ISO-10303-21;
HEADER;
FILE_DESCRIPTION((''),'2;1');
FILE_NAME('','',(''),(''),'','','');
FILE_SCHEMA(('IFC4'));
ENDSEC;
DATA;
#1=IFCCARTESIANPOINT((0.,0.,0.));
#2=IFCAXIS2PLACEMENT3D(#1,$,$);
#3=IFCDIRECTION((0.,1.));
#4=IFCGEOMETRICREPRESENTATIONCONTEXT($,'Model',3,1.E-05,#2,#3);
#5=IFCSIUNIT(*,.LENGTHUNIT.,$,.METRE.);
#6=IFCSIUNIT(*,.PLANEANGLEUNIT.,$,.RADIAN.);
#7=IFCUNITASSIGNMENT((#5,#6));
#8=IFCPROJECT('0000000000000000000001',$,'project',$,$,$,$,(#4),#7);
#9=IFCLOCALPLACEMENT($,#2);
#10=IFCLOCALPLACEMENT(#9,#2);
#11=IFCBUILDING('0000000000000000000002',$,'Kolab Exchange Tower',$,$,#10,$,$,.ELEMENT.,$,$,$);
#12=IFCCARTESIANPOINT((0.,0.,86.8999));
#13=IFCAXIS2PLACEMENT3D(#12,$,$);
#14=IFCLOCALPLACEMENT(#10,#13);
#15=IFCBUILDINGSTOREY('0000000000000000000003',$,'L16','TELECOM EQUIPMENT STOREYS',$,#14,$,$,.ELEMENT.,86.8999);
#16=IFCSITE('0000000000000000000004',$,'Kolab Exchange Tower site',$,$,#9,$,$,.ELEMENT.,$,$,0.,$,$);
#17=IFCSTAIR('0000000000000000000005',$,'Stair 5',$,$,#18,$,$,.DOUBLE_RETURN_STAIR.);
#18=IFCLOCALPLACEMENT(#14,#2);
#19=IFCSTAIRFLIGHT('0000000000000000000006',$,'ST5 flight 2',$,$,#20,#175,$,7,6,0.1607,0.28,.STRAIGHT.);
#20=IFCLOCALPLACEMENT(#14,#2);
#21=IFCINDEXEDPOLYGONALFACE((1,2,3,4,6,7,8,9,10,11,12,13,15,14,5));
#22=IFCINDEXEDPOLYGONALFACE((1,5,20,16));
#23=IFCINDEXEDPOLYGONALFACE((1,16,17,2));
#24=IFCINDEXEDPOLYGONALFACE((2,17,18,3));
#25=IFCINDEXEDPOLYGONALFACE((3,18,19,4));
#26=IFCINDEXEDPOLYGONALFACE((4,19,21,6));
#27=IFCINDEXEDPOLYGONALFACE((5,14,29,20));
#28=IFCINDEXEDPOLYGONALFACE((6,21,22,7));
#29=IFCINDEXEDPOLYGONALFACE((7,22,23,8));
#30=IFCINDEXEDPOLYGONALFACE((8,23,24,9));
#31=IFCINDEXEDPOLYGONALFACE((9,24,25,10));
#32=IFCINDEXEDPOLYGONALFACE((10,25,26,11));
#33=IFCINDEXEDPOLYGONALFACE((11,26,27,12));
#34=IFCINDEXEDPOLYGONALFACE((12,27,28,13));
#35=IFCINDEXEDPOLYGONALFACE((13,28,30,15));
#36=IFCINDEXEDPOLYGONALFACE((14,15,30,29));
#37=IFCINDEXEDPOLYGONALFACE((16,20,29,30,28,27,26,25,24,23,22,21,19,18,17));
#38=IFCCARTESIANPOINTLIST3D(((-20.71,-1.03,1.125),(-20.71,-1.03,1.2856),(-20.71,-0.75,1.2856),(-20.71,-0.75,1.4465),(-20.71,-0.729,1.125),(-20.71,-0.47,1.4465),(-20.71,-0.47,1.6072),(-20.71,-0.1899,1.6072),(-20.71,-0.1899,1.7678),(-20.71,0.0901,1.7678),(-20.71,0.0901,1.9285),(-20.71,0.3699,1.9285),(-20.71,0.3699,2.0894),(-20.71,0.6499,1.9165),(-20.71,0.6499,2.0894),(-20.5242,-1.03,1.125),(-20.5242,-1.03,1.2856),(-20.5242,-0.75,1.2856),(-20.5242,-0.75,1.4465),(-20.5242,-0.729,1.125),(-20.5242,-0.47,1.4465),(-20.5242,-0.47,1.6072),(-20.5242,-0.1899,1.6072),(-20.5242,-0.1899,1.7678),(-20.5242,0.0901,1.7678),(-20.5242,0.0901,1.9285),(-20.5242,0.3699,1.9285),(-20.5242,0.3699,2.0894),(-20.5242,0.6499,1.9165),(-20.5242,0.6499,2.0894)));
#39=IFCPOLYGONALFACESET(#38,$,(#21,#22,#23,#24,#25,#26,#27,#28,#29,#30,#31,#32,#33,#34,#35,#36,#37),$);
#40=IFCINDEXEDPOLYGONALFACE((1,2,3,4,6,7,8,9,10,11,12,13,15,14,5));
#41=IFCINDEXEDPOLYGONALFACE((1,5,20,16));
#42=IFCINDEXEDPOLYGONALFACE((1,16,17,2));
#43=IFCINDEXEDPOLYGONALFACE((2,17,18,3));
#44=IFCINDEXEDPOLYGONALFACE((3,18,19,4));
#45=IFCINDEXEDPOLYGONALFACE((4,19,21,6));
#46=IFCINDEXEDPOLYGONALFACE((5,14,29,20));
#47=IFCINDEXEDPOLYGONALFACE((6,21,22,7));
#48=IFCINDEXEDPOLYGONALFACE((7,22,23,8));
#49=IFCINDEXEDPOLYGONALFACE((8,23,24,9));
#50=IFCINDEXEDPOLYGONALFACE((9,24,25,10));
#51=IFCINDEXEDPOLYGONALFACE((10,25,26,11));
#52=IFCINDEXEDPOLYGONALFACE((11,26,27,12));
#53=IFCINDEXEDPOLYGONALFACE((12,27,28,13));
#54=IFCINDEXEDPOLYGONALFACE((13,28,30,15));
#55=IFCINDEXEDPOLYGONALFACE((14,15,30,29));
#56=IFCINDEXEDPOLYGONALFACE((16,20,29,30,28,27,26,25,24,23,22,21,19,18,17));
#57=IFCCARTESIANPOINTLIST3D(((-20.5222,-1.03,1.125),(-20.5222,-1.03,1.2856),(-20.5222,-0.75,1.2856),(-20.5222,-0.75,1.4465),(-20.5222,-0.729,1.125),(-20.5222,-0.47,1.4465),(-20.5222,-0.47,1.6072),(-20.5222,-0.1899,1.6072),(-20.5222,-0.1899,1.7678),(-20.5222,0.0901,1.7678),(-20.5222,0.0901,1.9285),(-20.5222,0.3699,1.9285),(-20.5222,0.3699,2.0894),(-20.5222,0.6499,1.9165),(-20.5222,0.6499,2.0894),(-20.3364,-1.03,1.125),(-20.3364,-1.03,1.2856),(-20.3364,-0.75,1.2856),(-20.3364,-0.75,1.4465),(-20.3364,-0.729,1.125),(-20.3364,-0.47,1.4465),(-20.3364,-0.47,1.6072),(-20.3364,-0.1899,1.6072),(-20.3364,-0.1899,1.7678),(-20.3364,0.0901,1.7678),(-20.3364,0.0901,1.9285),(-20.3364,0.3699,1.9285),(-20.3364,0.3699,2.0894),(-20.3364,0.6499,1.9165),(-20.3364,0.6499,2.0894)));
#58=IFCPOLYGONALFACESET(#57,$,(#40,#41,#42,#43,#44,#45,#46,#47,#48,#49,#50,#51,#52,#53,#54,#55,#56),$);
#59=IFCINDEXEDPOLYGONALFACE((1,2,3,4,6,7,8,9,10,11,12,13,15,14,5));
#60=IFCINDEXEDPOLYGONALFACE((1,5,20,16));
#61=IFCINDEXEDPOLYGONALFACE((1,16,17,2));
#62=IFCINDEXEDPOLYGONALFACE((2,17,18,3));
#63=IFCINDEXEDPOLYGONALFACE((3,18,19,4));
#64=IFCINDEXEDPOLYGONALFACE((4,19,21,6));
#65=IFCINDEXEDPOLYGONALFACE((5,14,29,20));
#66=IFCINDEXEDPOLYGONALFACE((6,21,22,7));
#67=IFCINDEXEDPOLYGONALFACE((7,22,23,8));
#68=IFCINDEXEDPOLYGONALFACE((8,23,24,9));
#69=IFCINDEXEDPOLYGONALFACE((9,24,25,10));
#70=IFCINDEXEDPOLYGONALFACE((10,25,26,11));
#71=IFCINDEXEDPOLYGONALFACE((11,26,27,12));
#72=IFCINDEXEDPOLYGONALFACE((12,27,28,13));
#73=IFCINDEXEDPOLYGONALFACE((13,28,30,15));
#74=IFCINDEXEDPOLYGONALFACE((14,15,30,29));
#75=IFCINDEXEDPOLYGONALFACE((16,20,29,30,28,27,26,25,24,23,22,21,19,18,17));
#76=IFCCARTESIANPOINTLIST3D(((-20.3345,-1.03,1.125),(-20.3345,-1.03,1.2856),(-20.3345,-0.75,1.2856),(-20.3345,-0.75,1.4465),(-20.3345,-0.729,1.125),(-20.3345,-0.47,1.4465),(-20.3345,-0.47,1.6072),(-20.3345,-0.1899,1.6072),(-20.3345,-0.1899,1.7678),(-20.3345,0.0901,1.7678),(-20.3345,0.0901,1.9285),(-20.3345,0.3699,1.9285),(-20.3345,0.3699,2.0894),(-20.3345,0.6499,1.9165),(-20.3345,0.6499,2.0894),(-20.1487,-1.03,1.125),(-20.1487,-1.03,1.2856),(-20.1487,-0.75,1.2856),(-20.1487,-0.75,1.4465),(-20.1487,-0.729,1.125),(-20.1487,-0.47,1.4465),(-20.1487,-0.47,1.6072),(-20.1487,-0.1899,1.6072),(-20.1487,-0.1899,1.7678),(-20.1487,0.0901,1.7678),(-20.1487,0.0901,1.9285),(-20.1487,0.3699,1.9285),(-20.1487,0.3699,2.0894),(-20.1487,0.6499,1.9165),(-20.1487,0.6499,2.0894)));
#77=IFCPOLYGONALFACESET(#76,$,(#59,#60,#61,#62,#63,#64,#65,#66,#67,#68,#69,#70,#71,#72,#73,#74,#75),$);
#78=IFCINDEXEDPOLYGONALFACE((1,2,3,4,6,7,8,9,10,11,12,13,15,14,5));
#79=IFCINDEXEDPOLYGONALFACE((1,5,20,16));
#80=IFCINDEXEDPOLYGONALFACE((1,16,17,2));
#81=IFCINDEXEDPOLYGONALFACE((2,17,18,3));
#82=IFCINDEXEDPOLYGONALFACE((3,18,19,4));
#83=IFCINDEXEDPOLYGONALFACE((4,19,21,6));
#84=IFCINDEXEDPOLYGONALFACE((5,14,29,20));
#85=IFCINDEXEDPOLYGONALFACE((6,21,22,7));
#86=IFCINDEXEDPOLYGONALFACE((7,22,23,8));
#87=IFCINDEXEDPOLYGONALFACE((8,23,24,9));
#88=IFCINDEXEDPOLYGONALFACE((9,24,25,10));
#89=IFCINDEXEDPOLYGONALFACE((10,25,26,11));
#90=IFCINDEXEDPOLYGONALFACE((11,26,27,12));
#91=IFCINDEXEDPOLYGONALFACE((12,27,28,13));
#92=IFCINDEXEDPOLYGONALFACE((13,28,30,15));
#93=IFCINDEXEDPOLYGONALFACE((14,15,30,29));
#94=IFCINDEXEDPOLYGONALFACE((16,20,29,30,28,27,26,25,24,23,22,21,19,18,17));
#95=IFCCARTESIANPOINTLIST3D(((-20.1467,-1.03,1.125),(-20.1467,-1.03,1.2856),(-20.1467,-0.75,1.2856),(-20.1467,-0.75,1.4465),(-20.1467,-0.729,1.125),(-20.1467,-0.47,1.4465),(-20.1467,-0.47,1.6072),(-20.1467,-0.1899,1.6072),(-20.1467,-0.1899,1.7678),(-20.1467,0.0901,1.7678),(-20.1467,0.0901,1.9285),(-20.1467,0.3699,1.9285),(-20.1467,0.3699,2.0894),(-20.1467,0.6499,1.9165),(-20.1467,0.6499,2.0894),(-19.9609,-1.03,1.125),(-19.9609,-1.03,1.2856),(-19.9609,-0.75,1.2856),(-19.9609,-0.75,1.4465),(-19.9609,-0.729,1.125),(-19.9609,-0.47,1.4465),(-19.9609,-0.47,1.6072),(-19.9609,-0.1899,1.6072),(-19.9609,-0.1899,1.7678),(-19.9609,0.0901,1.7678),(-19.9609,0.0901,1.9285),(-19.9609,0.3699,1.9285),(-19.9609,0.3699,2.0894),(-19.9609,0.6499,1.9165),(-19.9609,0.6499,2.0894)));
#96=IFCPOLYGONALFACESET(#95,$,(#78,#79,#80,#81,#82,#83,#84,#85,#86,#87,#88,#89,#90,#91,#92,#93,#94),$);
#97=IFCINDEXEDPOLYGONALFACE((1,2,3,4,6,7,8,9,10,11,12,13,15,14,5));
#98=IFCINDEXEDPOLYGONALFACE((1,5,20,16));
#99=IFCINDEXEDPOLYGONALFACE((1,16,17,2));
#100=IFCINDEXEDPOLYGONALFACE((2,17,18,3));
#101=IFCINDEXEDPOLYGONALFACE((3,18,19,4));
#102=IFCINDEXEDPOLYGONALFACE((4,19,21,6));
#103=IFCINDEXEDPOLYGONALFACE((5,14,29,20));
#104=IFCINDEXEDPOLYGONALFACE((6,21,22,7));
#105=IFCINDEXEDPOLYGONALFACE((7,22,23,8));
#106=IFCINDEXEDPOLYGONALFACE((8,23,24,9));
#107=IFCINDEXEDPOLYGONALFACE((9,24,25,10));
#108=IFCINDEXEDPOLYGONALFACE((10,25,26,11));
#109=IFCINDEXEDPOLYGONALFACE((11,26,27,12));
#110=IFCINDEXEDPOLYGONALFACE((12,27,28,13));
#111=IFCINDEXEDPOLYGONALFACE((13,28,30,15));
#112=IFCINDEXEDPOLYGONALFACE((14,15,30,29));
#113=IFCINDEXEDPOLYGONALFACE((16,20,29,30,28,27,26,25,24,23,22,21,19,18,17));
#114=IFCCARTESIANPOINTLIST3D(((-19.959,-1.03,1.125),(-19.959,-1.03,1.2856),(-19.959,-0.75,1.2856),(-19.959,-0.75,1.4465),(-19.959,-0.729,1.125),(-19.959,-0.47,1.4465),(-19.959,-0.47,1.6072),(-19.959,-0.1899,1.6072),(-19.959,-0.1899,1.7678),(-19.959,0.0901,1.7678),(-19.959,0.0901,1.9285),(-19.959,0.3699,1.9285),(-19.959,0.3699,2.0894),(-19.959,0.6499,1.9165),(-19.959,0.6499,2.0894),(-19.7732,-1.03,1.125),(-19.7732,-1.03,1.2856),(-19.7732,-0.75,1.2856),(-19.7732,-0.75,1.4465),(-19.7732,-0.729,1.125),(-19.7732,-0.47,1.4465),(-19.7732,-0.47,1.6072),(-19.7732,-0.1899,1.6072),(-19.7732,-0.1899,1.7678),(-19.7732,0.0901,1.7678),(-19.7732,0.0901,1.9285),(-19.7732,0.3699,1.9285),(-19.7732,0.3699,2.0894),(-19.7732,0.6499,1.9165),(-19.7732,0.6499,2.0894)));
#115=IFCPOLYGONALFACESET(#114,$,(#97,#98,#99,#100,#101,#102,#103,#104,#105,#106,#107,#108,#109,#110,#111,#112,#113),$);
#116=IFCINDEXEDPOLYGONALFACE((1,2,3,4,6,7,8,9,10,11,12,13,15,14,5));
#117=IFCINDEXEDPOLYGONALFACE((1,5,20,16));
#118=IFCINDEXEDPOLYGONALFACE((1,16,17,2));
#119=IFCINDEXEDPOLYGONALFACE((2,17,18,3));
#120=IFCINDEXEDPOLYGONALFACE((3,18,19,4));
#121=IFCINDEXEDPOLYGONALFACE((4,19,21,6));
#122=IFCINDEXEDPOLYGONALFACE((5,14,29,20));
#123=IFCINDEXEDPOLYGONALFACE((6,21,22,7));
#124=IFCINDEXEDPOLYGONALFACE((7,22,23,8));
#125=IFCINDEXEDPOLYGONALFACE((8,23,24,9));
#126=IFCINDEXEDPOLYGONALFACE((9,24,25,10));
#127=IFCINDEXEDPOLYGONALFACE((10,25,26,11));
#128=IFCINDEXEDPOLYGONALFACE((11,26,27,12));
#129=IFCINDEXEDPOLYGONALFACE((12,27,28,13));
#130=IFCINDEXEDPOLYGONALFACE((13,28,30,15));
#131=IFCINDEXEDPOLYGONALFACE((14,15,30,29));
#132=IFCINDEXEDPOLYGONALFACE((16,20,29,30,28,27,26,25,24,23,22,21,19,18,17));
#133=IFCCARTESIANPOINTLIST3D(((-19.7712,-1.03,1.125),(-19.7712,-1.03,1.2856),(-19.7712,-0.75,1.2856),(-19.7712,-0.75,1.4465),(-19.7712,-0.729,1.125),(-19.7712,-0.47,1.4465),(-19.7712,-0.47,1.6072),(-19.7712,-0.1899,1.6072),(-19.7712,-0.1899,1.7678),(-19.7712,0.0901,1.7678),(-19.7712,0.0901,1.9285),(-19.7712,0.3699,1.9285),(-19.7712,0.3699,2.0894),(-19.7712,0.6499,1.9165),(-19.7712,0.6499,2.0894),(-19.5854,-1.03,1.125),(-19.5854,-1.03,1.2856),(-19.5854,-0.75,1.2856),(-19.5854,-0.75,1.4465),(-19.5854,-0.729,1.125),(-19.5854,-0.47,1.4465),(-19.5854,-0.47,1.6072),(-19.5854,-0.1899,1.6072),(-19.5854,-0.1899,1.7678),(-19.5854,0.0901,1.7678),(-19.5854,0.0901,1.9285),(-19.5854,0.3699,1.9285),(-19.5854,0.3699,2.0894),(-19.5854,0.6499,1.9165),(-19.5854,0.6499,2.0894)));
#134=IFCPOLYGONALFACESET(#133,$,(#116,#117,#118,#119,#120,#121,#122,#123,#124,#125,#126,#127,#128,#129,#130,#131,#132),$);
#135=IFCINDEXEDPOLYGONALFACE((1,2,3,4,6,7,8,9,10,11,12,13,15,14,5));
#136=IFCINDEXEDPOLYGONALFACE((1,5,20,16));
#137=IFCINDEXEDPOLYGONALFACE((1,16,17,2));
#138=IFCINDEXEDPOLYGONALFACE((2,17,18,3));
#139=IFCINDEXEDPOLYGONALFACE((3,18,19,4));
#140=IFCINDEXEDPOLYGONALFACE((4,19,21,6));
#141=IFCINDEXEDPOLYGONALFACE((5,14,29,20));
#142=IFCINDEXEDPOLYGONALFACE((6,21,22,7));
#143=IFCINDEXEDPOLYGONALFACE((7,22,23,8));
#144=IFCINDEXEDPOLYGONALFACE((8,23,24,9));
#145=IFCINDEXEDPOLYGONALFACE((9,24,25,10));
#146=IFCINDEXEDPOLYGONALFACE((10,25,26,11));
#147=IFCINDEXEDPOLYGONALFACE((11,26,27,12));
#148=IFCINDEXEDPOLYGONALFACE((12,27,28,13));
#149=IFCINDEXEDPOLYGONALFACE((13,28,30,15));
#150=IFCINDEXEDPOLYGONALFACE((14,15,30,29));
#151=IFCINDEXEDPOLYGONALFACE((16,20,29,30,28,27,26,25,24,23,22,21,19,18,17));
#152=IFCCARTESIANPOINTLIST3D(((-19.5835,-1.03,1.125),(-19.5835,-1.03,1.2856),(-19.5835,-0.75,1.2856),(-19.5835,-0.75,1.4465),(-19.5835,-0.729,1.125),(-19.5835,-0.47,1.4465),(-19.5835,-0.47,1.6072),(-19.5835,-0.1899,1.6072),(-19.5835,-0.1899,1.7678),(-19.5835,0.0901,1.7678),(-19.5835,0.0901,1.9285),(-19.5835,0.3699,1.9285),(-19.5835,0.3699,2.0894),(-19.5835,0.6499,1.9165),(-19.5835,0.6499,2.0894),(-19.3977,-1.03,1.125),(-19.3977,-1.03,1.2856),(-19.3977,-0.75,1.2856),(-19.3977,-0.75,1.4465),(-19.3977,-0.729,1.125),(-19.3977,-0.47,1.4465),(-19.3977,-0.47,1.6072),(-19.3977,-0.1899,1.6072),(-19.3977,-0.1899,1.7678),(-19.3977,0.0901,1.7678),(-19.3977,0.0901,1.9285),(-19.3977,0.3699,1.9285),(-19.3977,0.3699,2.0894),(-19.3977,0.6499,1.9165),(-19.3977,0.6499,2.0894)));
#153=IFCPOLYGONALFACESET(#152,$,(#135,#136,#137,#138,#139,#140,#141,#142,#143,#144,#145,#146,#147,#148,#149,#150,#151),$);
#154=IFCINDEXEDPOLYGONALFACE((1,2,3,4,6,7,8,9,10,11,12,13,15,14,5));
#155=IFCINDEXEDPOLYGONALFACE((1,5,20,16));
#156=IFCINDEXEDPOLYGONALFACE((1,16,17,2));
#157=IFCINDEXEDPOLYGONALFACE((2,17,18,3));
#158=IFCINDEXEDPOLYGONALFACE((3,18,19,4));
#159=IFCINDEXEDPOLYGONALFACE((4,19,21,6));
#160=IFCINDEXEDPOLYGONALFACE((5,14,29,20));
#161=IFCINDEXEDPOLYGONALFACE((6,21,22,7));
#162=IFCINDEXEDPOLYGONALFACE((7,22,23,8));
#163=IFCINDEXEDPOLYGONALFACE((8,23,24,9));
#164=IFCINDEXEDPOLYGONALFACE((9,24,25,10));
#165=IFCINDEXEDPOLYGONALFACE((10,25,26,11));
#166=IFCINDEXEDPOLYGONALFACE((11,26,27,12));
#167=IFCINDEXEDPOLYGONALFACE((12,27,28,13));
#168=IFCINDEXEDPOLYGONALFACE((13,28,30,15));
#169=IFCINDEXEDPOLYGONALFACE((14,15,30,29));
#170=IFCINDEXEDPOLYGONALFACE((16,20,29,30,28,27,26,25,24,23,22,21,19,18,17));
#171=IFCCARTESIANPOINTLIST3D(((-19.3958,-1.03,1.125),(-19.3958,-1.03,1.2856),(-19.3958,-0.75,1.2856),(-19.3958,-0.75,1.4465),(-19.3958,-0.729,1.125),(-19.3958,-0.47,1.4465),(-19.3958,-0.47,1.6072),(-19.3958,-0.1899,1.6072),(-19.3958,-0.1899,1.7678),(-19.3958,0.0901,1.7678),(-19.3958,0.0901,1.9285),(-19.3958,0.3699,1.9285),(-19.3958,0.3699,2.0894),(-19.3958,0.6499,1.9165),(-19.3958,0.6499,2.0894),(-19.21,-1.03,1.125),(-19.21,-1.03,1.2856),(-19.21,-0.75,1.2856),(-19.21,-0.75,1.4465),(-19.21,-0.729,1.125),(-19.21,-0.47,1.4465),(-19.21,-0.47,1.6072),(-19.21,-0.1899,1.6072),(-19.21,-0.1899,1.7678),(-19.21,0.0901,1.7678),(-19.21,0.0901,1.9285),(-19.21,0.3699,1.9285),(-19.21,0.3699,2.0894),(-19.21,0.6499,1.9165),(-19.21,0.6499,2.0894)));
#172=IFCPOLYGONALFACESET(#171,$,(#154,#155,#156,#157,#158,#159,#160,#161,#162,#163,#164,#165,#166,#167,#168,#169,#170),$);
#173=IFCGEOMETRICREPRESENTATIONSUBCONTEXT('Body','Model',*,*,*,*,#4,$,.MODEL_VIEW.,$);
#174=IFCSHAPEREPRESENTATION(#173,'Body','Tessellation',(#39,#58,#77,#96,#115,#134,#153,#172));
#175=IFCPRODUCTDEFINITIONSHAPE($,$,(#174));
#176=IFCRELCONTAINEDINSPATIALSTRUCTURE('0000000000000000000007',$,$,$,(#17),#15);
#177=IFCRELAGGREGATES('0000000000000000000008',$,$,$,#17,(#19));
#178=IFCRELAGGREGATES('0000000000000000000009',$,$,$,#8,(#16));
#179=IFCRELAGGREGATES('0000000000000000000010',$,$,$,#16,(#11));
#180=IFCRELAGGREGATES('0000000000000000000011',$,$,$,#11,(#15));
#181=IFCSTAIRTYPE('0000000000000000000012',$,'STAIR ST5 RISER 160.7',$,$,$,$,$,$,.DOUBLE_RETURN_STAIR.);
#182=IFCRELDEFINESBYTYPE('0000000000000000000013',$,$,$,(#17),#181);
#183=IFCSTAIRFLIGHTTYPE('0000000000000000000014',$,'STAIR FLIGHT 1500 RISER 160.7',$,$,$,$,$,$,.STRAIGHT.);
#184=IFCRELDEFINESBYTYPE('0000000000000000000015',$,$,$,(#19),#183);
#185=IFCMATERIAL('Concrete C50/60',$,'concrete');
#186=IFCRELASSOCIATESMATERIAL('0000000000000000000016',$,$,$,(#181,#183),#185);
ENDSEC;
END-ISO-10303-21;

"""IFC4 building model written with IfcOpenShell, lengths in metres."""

from ifc_helpers import new_model, si_unit, direction, frame, origin, place, context, subcontext, project, spatial, polyline, outline, extrude, material, type_object, element, aggregate, save


model = new_model("IFC4")

# Units and contexts
model_context = context("Model", 3, precision=1e-05, world=origin(), true_north=direction((0.0, 1.0)))
body_context = subcontext(model_context, "Body", "Model", "MODEL_VIEW")
ifc_project = project(units=[si_unit("LENGTHUNIT", "METRE"), si_unit("PLANEANGLEUNIT", "RADIAN")], contexts=[model_context])

# Site, building, storey
site_placement = place(None, origin())
site = spatial("IfcSite", under=ifc_project, at=site_placement, Name="Kolab Exchange Tower site", CompositionType="ELEMENT", RefElevation=0.0)
building_placement = place(site_placement, origin())
building = spatial("IfcBuilding", under=site, at=building_placement, Name="Kolab Exchange Tower", CompositionType="ELEMENT")
storey_placement = place(building_placement, frame((0.0, 0.0, 86.8999)))
storey = spatial("IfcBuildingStorey", under=building, at=storey_placement, Name="L16", Description="TELECOM EQUIPMENT STOREYS", CompositionType="ELEMENT", Elevation=86.8999)

# Shared definitions
ifc_material_1 = material(Name="Concrete C50/60", Category="concrete")

# Stair, stair flight
stair_type = type_object("IfcStairType", Name="STAIR ST5 RISER 160.7", PredefinedType="DOUBLE_RETURN_STAIR", material=ifc_material_1)
stair_placement = place(storey_placement, origin())
stair = element("IfcStair", 1, at=stair_placement, inside=storey, type_object=stair_type, Name="Stair 5", PredefinedType="DOUBLE_RETURN_STAIR")
stair_flight_type = type_object("IfcStairFlightType", Name="STAIR FLIGHT 1500 RISER 160.7", PredefinedType="STRAIGHT", material=ifc_material_1)
stair_flight_1_placement = place(storey_placement, frame((-19.96, -1.03, 1.125), z_axis=(0.0, 0.0, 1.0), x_axis=(0.0, 1.0, 0.0)))
stair_flight_1 = element("IfcStairFlight", 2, at=stair_flight_1_placement, type_object=stair_flight_type, Name="ST5 flight 2", NumberOfRisers=7, NumberOfTreads=6, PredefinedType="STRAIGHT", RiserHeight=0.1607, TreadLength=0.28, context=body_context, shape_type="SweptSolid", body=[
    extrude(outline(polyline([(0.0, 0.0), (0.0, 0.1606), (0.28, 0.1606), (0.28, 0.3215), (0.5601, 0.3215), (0.5601, 0.4822), (0.8401, 0.4822), (0.8401, 0.6428), (1.1201, 0.6428), (1.1201, 0.8035), (1.3999, 0.8035), (1.3999, 0.9644), (1.6799, 0.9644), (1.6799, 1.125), (1.6799, 0.7915), (0.301, 0.0), (0.0, 0.0)])), frame((0.0, 0.75, 0.0), z_axis=(0.0, -1.0, 0.0), x_axis=(1.0, 0.0, 0.0)), (0.0, 0.0, 1.0), 0.1858),
    extrude(outline(polyline([(0.0, 0.0), (0.0, 0.1606), (0.28, 0.1606), (0.28, 0.3215), (0.5601, 0.3215), (0.5601, 0.4822), (0.8401, 0.4822), (0.8401, 0.6428), (1.1201, 0.6428), (1.1201, 0.8035), (1.3999, 0.8035), (1.3999, 0.9644), (1.6799, 0.9644), (1.6799, 1.125), (1.6799, 0.7915), (0.301, 0.0), (0.0, 0.0)])), frame((0.0, 0.5623, 0.0), z_axis=(0.0, -1.0, 0.0), x_axis=(1.0, 0.0, 0.0)), (0.0, 0.0, 1.0), 0.1858),
    extrude(outline(polyline([(0.0, 0.0), (0.0, 0.1606), (0.28, 0.1606), (0.28, 0.3215), (0.5601, 0.3215), (0.5601, 0.4822), (0.8401, 0.4822), (0.8401, 0.6428), (1.1201, 0.6428), (1.1201, 0.8035), (1.3999, 0.8035), (1.3999, 0.9644), (1.6799, 0.9644), (1.6799, 1.125), (1.6799, 0.7915), (0.301, 0.0), (0.0, 0.0)])), frame((0.0, 0.3745, 0.0), z_axis=(0.0, -1.0, 0.0), x_axis=(1.0, 0.0, 0.0)), (0.0, 0.0, 1.0), 0.1858),
    extrude(outline(polyline([(0.0, 0.0), (0.0, 0.1606), (0.28, 0.1606), (0.28, 0.3215), (0.5601, 0.3215), (0.5601, 0.4822), (0.8401, 0.4822), (0.8401, 0.6428), (1.1201, 0.6428), (1.1201, 0.8035), (1.3999, 0.8035), (1.3999, 0.9644), (1.6799, 0.9644), (1.6799, 1.125), (1.6799, 0.7915), (0.301, 0.0), (0.0, 0.0)])), frame((0.0, 0.1868, 0.0), z_axis=(0.0, -1.0, 0.0), x_axis=(1.0, 0.0, 0.0)), (0.0, 0.0, 1.0), 0.1858),
    extrude(outline(polyline([(0.0, 0.0), (0.0, 0.1606), (0.28, 0.1606), (0.28, 0.3215), (0.5601, 0.3215), (0.5601, 0.4822), (0.8401, 0.4822), (0.8401, 0.6428), (1.1201, 0.6428), (1.1201, 0.8035), (1.3999, 0.8035), (1.3999, 0.9644), (1.6799, 0.9644), (1.6799, 1.125), (1.6799, 0.7915), (0.301, 0.0), (0.0, 0.0)])), frame((0.0, -0.001, 0.0), z_axis=(0.0, -1.0, 0.0), x_axis=(1.0, 0.0, 0.0)), (0.0, 0.0, 1.0), 0.1858),
    extrude(outline(polyline([(0.0, 0.0), (0.0, 0.1606), (0.28, 0.1606), (0.28, 0.3215), (0.5601, 0.3215), (0.5601, 0.4822), (0.8401, 0.4822), (0.8401, 0.6428), (1.1201, 0.6428), (1.1201, 0.8035), (1.3999, 0.8035), (1.3999, 0.9644), (1.6799, 0.9644), (1.6799, 1.125), (1.6799, 0.7915), (0.301, 0.0), (0.0, 0.0)])), frame((0.0, -0.1887, 0.0), z_axis=(0.0, -1.0, 0.0), x_axis=(1.0, 0.0, 0.0)), (0.0, 0.0, 1.0), 0.1858),
    extrude(outline(polyline([(0.0, 0.0), (0.0, 0.1606), (0.28, 0.1606), (0.28, 0.3215), (0.5601, 0.3215), (0.5601, 0.4822), (0.8401, 0.4822), (0.8401, 0.6428), (1.1201, 0.6428), (1.1201, 0.8035), (1.3999, 0.8035), (1.3999, 0.9644), (1.6799, 0.9644), (1.6799, 1.125), (1.6799, 0.7915), (0.301, 0.0), (0.0, 0.0)])), frame((0.0, -0.3765, 0.0), z_axis=(0.0, -1.0, 0.0), x_axis=(1.0, 0.0, 0.0)), (0.0, 0.0, 1.0), 0.1858),
    extrude(outline(polyline([(0.0, 0.0), (0.0, 0.1606), (0.28, 0.1606), (0.28, 0.3215), (0.5601, 0.3215), (0.5601, 0.4822), (0.8401, 0.4822), (0.8401, 0.6428), (1.1201, 0.6428), (1.1201, 0.8035), (1.3999, 0.8035), (1.3999, 0.9644), (1.6799, 0.9644), (1.6799, 1.125), (1.6799, 0.7915), (0.301, 0.0), (0.0, 0.0)])), frame((0.0, -0.5642, 0.0), z_axis=(0.0, -1.0, 0.0), x_axis=(1.0, 0.0, 0.0)), (0.0, 0.0, 1.0), 0.1858),
])
aggregate(stair, [stair_flight_1])

save(model, "model.ifc")
